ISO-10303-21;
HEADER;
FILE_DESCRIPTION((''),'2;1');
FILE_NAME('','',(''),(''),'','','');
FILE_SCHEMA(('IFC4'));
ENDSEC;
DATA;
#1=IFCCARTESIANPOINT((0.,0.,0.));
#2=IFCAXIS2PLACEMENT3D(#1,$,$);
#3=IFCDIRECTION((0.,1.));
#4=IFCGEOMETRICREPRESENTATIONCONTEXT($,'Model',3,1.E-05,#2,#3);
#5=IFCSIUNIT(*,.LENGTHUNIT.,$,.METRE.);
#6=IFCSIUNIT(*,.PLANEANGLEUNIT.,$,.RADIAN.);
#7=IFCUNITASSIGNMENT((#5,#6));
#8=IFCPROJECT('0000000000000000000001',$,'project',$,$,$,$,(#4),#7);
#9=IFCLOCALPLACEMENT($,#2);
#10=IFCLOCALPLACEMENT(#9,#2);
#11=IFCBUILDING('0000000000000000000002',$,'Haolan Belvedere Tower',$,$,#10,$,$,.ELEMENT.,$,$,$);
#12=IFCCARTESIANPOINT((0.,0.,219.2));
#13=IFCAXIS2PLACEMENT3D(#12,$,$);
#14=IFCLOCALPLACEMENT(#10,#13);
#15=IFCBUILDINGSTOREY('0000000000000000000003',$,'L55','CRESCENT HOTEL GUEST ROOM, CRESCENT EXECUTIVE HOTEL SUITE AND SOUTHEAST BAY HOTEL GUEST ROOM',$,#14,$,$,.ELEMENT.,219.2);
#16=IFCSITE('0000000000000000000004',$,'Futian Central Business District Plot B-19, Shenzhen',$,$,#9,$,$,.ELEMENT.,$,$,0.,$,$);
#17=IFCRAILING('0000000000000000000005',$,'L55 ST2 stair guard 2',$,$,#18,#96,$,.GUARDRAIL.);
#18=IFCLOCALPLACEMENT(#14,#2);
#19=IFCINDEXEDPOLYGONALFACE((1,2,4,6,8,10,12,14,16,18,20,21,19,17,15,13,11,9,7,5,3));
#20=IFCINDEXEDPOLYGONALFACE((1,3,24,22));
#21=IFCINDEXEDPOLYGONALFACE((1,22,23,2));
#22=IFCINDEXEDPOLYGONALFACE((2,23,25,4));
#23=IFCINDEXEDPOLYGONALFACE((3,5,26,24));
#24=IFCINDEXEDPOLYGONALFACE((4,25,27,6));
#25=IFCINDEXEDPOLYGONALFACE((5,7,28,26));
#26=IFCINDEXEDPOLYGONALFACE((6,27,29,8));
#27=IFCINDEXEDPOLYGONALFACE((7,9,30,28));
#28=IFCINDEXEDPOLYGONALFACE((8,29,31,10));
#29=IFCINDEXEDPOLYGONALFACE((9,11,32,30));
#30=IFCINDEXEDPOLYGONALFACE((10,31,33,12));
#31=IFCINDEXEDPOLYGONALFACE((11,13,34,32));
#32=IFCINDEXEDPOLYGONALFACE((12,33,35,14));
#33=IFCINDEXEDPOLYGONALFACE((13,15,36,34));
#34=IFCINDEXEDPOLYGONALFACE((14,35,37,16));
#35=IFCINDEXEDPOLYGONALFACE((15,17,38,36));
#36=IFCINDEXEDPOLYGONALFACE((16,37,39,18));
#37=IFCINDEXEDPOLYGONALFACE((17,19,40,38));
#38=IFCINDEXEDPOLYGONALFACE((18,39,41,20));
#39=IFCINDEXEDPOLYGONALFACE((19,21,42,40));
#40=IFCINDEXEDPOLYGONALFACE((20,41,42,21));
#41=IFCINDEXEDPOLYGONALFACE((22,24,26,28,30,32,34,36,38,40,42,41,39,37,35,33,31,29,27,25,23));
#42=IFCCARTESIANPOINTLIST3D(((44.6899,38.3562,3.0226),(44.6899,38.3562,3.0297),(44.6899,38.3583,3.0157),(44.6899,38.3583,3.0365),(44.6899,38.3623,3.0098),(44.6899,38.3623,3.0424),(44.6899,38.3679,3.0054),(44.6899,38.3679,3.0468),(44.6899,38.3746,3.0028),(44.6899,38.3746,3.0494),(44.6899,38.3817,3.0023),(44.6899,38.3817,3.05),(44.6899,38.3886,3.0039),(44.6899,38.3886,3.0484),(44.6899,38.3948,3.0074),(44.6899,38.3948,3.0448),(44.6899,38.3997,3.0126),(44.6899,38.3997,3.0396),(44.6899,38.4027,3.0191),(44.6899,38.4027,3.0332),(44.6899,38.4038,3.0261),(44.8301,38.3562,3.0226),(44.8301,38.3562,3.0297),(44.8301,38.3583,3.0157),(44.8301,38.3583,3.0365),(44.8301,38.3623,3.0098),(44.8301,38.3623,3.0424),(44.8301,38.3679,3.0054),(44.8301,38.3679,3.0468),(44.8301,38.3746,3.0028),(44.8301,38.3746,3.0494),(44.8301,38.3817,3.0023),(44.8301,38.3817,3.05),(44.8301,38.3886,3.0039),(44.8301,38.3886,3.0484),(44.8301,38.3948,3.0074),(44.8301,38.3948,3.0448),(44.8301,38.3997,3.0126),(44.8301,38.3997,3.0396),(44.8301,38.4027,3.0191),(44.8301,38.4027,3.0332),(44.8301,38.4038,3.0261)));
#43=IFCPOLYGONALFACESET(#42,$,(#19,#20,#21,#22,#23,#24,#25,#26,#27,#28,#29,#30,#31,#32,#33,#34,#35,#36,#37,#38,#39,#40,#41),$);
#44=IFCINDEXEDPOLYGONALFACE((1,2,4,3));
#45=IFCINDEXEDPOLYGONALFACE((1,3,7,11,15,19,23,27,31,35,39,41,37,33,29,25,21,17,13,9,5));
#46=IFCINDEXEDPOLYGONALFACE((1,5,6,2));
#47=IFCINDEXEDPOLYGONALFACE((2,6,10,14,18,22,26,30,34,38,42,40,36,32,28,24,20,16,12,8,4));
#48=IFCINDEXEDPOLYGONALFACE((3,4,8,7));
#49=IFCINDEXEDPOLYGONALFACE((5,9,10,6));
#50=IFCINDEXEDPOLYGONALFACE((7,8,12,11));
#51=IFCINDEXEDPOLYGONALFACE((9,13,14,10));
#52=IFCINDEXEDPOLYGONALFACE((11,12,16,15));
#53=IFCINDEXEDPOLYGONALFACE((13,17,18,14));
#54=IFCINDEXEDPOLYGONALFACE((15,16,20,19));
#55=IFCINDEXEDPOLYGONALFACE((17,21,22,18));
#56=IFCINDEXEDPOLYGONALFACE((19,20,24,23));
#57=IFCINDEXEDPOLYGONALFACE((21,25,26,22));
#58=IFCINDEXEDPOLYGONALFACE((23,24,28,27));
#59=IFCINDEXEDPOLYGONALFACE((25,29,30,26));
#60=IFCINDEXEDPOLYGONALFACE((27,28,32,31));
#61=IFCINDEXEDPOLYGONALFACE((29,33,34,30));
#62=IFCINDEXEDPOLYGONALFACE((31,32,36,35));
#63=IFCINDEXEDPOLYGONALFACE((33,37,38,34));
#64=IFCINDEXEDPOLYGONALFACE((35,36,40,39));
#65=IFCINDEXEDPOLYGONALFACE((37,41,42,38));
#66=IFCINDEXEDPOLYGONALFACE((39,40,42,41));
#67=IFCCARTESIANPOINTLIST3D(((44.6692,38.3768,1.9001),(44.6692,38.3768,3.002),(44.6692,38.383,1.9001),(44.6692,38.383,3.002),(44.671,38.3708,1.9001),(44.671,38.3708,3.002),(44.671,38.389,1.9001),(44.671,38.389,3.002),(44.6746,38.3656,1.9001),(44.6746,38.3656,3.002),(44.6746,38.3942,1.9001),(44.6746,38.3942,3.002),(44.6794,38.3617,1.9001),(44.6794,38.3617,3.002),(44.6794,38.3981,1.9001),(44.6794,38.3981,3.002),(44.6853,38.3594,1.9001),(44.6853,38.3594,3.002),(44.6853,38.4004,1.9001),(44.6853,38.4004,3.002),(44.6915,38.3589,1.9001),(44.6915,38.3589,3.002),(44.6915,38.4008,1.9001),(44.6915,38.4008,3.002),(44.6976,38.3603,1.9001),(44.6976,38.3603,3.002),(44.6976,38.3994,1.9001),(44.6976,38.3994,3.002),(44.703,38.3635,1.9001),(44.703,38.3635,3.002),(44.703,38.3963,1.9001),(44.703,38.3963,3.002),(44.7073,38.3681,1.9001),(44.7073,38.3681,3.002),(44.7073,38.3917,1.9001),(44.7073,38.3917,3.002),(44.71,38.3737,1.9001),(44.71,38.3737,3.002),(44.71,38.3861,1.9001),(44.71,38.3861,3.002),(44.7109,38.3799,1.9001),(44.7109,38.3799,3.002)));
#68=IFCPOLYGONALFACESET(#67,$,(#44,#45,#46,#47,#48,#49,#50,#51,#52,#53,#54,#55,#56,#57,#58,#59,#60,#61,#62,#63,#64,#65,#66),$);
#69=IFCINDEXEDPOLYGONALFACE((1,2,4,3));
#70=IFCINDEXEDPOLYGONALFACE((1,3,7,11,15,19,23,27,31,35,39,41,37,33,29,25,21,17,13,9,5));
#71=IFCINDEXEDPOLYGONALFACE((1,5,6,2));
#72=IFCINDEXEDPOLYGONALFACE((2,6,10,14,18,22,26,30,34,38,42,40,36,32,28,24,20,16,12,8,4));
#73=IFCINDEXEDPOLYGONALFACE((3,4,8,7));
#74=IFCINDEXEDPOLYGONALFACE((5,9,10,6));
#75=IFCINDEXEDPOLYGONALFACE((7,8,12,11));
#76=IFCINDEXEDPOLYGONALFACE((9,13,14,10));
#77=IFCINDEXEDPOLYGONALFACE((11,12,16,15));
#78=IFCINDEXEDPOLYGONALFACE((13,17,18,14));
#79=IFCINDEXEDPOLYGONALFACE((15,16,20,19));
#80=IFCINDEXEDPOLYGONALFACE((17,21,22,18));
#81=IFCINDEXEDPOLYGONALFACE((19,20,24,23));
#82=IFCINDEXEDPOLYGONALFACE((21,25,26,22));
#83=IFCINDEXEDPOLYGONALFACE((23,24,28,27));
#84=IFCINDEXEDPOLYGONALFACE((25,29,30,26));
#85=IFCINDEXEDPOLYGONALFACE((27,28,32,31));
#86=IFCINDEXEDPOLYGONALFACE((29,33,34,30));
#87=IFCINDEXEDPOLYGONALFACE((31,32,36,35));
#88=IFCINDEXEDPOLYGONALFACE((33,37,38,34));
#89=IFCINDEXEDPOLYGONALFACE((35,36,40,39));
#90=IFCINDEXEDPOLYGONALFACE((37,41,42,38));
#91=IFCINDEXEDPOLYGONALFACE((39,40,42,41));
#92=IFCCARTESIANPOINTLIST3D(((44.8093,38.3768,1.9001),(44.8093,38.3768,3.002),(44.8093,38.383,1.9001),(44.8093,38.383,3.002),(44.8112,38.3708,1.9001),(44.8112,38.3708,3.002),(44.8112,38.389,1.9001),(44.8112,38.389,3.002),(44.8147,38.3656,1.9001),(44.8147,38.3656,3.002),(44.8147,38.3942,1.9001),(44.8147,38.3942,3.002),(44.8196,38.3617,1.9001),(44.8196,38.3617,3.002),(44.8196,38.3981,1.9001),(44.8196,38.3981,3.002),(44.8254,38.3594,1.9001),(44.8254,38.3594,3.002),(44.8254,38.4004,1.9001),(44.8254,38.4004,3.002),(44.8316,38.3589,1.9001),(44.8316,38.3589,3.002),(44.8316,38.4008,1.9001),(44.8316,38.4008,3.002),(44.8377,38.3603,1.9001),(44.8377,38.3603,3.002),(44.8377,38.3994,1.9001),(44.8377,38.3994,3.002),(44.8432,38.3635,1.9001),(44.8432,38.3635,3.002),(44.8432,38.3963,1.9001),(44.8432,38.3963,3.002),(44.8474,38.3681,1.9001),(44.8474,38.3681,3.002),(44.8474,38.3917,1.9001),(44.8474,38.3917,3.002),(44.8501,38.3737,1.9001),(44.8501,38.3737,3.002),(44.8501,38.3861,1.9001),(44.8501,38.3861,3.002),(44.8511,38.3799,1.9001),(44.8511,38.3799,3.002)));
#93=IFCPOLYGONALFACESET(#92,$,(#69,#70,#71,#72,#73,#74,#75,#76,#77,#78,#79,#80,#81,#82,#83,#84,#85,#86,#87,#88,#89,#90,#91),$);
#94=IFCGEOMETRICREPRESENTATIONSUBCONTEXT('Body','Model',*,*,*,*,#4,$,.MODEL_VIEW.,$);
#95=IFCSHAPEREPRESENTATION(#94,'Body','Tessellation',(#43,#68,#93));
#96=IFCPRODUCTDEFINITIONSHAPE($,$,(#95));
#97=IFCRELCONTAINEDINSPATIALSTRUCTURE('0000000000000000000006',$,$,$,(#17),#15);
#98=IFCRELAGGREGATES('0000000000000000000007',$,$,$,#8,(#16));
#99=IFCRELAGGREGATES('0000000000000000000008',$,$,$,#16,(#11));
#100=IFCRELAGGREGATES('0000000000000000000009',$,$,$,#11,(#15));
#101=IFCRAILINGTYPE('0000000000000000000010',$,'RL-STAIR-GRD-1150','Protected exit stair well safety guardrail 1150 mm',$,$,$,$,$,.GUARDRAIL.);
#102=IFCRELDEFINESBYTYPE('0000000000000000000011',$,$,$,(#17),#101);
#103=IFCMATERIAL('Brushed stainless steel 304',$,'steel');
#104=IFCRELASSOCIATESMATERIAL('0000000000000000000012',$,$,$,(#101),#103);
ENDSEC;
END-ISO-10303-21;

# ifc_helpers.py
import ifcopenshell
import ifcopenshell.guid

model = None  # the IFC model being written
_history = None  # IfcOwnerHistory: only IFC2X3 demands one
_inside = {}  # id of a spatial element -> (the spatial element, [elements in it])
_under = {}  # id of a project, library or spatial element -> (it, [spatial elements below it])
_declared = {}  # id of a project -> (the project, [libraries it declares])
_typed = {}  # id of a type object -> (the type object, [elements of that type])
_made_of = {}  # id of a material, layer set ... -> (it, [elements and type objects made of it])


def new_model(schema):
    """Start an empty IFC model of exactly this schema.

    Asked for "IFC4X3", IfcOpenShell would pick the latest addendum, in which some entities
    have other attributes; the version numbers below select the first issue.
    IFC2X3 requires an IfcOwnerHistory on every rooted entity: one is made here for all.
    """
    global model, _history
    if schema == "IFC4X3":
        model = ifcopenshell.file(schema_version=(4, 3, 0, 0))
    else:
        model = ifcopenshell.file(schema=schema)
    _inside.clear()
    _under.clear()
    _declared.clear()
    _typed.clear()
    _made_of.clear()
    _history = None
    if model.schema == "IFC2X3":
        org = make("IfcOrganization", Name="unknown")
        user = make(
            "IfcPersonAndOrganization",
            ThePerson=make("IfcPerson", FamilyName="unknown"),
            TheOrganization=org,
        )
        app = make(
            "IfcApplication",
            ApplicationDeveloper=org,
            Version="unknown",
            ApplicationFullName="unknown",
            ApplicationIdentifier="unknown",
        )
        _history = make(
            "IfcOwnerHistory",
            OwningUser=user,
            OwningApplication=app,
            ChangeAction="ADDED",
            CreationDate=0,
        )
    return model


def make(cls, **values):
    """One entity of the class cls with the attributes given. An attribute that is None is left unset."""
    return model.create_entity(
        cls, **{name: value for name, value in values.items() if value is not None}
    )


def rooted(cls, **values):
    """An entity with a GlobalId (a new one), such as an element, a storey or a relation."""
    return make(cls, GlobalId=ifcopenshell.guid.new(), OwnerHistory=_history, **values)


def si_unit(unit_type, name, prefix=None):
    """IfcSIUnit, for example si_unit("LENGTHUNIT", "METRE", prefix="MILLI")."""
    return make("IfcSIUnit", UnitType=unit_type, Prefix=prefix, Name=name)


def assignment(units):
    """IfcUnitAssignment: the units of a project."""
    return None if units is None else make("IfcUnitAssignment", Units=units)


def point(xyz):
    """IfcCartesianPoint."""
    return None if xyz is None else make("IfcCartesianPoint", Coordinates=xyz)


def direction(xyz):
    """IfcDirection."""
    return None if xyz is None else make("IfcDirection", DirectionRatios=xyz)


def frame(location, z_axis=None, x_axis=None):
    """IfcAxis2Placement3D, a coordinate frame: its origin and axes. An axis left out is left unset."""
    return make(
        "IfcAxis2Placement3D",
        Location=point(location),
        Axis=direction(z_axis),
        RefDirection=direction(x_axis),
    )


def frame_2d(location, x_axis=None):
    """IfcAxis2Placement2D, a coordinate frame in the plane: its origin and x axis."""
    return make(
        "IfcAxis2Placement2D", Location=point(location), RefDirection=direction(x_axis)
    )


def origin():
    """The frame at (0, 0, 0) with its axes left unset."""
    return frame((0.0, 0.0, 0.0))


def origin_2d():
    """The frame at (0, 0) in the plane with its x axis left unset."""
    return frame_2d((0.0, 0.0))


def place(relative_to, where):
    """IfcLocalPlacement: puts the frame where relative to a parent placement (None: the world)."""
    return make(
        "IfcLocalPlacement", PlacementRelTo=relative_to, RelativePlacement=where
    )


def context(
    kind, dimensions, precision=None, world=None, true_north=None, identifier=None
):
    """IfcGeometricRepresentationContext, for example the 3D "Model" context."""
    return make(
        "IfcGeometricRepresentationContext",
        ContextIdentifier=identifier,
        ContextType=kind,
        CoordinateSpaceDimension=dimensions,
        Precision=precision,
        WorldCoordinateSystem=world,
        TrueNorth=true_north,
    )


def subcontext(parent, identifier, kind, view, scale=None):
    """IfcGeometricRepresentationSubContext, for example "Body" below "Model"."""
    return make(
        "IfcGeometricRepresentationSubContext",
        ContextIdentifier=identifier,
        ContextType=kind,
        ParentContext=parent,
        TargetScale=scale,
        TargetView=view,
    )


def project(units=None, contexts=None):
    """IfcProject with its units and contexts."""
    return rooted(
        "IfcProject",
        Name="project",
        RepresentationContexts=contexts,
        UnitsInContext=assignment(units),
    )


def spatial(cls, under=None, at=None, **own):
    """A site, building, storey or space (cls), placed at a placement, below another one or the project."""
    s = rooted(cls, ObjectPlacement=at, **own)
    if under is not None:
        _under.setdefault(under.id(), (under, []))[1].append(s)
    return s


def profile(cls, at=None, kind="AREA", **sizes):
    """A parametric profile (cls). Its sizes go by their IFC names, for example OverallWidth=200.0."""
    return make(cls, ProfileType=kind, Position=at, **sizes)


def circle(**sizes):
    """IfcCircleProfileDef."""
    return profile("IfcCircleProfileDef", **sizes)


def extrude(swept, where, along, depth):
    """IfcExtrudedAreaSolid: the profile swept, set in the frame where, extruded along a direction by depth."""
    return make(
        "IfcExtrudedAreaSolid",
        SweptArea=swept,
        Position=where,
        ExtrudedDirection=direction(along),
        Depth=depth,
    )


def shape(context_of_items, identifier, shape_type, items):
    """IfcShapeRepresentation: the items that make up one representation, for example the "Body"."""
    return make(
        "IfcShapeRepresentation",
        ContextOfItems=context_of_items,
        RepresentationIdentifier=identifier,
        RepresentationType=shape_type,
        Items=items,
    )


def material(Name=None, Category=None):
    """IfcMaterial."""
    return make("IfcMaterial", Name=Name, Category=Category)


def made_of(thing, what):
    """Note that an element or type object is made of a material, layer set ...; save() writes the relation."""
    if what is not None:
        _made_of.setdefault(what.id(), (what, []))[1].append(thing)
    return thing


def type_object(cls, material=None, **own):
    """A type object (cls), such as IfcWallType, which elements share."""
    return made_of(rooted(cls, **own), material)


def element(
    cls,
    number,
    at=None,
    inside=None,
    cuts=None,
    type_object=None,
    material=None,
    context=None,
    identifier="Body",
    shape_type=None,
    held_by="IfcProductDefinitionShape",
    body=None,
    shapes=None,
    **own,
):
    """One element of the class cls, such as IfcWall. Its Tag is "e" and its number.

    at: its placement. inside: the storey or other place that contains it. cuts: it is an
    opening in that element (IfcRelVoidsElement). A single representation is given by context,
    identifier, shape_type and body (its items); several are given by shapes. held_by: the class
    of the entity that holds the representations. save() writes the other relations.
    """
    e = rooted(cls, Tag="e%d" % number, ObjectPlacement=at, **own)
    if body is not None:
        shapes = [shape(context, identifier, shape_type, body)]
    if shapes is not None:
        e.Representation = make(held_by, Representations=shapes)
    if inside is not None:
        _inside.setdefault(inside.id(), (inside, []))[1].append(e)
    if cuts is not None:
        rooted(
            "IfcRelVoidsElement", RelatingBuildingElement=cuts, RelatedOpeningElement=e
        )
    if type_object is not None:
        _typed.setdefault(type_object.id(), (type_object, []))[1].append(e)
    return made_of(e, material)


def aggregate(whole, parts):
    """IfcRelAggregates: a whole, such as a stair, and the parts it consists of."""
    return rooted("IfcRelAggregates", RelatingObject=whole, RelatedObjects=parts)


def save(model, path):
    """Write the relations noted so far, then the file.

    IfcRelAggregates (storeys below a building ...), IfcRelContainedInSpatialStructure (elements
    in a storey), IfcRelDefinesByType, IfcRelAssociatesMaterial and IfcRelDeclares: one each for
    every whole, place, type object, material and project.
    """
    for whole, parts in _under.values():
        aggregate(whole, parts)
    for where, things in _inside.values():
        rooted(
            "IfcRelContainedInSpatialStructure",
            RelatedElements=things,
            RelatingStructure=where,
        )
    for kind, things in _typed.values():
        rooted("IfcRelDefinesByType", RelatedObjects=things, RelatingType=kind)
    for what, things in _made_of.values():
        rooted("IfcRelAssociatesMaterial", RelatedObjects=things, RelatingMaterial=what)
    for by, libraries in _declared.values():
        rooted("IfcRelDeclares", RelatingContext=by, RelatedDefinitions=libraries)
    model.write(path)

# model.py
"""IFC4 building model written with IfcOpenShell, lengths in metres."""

from ifc_helpers import new_model, si_unit, direction, frame, origin, origin_2d, place, context, subcontext, project, spatial, circle, extrude, material, type_object, element, save


model = new_model("IFC4")

# Units and contexts
model_context = context("Model", 3, precision=1e-05, world=origin(), true_north=direction((0.0, 1.0)))
body_context = subcontext(model_context, "Body", "Model", "MODEL_VIEW")
ifc_project = project(units=[si_unit("LENGTHUNIT", "METRE"), si_unit("PLANEANGLEUNIT", "RADIAN")], contexts=[model_context])

# Site, building, storey
site_placement = place(None, origin())
site = spatial("IfcSite", under=ifc_project, at=site_placement, Name="Futian Central Business District Plot B-19, Shenzhen", CompositionType="ELEMENT", RefElevation=0.0)
building_placement = place(site_placement, origin())
building = spatial("IfcBuilding", under=site, at=building_placement, Name="Haolan Belvedere Tower", CompositionType="ELEMENT")
storey_placement = place(building_placement, frame((0.0, 0.0, 219.2)))
storey = spatial("IfcBuildingStorey", under=building, at=storey_placement, Name="L55", Description="CRESCENT HOTEL GUEST ROOM, CRESCENT EXECUTIVE HOTEL SUITE AND SOUTHEAST BAY HOTEL GUEST ROOM", CompositionType="ELEMENT", Elevation=219.2)

# Railing
ifc_material_1 = material(Name="Brushed stainless steel 304", Category="steel")
railing_type_1 = type_object("IfcRailingType", Name="RL-STAIR-GRD-1150", Description="Protected exit stair well safety guardrail 1150 mm", PredefinedType="GUARDRAIL", material=ifc_material_1)
railing_1_placement = place(storey_placement, frame((44.6899, 38.3799, 1.9001)))
element("IfcRailing", 1, at=railing_1_placement, inside=storey, type_object=railing_type_1, Name="L55 ST2 stair guard 2", PredefinedType="GUARDRAIL", context=body_context, shape_type="SweptSolid", body=[
    extrude(circle(Radius=0.0239, at=origin_2d()), frame((0.0, 0.0, 1.126), z_axis=(1.0, 0.0, 0.0), x_axis=(0.0, 1.0, 0.0)), (0.0, 0.0, 1.0), 0.1401),
    extrude(circle(Radius=0.021, at=origin_2d()), origin(), (0.0, 0.0, 1.0), 1.1018),
    extrude(circle(Radius=0.021, at=origin_2d()), frame((0.1401, 0.0, 0.0)), (0.0, 0.0, 1.0), 1.1018),
])

save(model, "model.ifc")
